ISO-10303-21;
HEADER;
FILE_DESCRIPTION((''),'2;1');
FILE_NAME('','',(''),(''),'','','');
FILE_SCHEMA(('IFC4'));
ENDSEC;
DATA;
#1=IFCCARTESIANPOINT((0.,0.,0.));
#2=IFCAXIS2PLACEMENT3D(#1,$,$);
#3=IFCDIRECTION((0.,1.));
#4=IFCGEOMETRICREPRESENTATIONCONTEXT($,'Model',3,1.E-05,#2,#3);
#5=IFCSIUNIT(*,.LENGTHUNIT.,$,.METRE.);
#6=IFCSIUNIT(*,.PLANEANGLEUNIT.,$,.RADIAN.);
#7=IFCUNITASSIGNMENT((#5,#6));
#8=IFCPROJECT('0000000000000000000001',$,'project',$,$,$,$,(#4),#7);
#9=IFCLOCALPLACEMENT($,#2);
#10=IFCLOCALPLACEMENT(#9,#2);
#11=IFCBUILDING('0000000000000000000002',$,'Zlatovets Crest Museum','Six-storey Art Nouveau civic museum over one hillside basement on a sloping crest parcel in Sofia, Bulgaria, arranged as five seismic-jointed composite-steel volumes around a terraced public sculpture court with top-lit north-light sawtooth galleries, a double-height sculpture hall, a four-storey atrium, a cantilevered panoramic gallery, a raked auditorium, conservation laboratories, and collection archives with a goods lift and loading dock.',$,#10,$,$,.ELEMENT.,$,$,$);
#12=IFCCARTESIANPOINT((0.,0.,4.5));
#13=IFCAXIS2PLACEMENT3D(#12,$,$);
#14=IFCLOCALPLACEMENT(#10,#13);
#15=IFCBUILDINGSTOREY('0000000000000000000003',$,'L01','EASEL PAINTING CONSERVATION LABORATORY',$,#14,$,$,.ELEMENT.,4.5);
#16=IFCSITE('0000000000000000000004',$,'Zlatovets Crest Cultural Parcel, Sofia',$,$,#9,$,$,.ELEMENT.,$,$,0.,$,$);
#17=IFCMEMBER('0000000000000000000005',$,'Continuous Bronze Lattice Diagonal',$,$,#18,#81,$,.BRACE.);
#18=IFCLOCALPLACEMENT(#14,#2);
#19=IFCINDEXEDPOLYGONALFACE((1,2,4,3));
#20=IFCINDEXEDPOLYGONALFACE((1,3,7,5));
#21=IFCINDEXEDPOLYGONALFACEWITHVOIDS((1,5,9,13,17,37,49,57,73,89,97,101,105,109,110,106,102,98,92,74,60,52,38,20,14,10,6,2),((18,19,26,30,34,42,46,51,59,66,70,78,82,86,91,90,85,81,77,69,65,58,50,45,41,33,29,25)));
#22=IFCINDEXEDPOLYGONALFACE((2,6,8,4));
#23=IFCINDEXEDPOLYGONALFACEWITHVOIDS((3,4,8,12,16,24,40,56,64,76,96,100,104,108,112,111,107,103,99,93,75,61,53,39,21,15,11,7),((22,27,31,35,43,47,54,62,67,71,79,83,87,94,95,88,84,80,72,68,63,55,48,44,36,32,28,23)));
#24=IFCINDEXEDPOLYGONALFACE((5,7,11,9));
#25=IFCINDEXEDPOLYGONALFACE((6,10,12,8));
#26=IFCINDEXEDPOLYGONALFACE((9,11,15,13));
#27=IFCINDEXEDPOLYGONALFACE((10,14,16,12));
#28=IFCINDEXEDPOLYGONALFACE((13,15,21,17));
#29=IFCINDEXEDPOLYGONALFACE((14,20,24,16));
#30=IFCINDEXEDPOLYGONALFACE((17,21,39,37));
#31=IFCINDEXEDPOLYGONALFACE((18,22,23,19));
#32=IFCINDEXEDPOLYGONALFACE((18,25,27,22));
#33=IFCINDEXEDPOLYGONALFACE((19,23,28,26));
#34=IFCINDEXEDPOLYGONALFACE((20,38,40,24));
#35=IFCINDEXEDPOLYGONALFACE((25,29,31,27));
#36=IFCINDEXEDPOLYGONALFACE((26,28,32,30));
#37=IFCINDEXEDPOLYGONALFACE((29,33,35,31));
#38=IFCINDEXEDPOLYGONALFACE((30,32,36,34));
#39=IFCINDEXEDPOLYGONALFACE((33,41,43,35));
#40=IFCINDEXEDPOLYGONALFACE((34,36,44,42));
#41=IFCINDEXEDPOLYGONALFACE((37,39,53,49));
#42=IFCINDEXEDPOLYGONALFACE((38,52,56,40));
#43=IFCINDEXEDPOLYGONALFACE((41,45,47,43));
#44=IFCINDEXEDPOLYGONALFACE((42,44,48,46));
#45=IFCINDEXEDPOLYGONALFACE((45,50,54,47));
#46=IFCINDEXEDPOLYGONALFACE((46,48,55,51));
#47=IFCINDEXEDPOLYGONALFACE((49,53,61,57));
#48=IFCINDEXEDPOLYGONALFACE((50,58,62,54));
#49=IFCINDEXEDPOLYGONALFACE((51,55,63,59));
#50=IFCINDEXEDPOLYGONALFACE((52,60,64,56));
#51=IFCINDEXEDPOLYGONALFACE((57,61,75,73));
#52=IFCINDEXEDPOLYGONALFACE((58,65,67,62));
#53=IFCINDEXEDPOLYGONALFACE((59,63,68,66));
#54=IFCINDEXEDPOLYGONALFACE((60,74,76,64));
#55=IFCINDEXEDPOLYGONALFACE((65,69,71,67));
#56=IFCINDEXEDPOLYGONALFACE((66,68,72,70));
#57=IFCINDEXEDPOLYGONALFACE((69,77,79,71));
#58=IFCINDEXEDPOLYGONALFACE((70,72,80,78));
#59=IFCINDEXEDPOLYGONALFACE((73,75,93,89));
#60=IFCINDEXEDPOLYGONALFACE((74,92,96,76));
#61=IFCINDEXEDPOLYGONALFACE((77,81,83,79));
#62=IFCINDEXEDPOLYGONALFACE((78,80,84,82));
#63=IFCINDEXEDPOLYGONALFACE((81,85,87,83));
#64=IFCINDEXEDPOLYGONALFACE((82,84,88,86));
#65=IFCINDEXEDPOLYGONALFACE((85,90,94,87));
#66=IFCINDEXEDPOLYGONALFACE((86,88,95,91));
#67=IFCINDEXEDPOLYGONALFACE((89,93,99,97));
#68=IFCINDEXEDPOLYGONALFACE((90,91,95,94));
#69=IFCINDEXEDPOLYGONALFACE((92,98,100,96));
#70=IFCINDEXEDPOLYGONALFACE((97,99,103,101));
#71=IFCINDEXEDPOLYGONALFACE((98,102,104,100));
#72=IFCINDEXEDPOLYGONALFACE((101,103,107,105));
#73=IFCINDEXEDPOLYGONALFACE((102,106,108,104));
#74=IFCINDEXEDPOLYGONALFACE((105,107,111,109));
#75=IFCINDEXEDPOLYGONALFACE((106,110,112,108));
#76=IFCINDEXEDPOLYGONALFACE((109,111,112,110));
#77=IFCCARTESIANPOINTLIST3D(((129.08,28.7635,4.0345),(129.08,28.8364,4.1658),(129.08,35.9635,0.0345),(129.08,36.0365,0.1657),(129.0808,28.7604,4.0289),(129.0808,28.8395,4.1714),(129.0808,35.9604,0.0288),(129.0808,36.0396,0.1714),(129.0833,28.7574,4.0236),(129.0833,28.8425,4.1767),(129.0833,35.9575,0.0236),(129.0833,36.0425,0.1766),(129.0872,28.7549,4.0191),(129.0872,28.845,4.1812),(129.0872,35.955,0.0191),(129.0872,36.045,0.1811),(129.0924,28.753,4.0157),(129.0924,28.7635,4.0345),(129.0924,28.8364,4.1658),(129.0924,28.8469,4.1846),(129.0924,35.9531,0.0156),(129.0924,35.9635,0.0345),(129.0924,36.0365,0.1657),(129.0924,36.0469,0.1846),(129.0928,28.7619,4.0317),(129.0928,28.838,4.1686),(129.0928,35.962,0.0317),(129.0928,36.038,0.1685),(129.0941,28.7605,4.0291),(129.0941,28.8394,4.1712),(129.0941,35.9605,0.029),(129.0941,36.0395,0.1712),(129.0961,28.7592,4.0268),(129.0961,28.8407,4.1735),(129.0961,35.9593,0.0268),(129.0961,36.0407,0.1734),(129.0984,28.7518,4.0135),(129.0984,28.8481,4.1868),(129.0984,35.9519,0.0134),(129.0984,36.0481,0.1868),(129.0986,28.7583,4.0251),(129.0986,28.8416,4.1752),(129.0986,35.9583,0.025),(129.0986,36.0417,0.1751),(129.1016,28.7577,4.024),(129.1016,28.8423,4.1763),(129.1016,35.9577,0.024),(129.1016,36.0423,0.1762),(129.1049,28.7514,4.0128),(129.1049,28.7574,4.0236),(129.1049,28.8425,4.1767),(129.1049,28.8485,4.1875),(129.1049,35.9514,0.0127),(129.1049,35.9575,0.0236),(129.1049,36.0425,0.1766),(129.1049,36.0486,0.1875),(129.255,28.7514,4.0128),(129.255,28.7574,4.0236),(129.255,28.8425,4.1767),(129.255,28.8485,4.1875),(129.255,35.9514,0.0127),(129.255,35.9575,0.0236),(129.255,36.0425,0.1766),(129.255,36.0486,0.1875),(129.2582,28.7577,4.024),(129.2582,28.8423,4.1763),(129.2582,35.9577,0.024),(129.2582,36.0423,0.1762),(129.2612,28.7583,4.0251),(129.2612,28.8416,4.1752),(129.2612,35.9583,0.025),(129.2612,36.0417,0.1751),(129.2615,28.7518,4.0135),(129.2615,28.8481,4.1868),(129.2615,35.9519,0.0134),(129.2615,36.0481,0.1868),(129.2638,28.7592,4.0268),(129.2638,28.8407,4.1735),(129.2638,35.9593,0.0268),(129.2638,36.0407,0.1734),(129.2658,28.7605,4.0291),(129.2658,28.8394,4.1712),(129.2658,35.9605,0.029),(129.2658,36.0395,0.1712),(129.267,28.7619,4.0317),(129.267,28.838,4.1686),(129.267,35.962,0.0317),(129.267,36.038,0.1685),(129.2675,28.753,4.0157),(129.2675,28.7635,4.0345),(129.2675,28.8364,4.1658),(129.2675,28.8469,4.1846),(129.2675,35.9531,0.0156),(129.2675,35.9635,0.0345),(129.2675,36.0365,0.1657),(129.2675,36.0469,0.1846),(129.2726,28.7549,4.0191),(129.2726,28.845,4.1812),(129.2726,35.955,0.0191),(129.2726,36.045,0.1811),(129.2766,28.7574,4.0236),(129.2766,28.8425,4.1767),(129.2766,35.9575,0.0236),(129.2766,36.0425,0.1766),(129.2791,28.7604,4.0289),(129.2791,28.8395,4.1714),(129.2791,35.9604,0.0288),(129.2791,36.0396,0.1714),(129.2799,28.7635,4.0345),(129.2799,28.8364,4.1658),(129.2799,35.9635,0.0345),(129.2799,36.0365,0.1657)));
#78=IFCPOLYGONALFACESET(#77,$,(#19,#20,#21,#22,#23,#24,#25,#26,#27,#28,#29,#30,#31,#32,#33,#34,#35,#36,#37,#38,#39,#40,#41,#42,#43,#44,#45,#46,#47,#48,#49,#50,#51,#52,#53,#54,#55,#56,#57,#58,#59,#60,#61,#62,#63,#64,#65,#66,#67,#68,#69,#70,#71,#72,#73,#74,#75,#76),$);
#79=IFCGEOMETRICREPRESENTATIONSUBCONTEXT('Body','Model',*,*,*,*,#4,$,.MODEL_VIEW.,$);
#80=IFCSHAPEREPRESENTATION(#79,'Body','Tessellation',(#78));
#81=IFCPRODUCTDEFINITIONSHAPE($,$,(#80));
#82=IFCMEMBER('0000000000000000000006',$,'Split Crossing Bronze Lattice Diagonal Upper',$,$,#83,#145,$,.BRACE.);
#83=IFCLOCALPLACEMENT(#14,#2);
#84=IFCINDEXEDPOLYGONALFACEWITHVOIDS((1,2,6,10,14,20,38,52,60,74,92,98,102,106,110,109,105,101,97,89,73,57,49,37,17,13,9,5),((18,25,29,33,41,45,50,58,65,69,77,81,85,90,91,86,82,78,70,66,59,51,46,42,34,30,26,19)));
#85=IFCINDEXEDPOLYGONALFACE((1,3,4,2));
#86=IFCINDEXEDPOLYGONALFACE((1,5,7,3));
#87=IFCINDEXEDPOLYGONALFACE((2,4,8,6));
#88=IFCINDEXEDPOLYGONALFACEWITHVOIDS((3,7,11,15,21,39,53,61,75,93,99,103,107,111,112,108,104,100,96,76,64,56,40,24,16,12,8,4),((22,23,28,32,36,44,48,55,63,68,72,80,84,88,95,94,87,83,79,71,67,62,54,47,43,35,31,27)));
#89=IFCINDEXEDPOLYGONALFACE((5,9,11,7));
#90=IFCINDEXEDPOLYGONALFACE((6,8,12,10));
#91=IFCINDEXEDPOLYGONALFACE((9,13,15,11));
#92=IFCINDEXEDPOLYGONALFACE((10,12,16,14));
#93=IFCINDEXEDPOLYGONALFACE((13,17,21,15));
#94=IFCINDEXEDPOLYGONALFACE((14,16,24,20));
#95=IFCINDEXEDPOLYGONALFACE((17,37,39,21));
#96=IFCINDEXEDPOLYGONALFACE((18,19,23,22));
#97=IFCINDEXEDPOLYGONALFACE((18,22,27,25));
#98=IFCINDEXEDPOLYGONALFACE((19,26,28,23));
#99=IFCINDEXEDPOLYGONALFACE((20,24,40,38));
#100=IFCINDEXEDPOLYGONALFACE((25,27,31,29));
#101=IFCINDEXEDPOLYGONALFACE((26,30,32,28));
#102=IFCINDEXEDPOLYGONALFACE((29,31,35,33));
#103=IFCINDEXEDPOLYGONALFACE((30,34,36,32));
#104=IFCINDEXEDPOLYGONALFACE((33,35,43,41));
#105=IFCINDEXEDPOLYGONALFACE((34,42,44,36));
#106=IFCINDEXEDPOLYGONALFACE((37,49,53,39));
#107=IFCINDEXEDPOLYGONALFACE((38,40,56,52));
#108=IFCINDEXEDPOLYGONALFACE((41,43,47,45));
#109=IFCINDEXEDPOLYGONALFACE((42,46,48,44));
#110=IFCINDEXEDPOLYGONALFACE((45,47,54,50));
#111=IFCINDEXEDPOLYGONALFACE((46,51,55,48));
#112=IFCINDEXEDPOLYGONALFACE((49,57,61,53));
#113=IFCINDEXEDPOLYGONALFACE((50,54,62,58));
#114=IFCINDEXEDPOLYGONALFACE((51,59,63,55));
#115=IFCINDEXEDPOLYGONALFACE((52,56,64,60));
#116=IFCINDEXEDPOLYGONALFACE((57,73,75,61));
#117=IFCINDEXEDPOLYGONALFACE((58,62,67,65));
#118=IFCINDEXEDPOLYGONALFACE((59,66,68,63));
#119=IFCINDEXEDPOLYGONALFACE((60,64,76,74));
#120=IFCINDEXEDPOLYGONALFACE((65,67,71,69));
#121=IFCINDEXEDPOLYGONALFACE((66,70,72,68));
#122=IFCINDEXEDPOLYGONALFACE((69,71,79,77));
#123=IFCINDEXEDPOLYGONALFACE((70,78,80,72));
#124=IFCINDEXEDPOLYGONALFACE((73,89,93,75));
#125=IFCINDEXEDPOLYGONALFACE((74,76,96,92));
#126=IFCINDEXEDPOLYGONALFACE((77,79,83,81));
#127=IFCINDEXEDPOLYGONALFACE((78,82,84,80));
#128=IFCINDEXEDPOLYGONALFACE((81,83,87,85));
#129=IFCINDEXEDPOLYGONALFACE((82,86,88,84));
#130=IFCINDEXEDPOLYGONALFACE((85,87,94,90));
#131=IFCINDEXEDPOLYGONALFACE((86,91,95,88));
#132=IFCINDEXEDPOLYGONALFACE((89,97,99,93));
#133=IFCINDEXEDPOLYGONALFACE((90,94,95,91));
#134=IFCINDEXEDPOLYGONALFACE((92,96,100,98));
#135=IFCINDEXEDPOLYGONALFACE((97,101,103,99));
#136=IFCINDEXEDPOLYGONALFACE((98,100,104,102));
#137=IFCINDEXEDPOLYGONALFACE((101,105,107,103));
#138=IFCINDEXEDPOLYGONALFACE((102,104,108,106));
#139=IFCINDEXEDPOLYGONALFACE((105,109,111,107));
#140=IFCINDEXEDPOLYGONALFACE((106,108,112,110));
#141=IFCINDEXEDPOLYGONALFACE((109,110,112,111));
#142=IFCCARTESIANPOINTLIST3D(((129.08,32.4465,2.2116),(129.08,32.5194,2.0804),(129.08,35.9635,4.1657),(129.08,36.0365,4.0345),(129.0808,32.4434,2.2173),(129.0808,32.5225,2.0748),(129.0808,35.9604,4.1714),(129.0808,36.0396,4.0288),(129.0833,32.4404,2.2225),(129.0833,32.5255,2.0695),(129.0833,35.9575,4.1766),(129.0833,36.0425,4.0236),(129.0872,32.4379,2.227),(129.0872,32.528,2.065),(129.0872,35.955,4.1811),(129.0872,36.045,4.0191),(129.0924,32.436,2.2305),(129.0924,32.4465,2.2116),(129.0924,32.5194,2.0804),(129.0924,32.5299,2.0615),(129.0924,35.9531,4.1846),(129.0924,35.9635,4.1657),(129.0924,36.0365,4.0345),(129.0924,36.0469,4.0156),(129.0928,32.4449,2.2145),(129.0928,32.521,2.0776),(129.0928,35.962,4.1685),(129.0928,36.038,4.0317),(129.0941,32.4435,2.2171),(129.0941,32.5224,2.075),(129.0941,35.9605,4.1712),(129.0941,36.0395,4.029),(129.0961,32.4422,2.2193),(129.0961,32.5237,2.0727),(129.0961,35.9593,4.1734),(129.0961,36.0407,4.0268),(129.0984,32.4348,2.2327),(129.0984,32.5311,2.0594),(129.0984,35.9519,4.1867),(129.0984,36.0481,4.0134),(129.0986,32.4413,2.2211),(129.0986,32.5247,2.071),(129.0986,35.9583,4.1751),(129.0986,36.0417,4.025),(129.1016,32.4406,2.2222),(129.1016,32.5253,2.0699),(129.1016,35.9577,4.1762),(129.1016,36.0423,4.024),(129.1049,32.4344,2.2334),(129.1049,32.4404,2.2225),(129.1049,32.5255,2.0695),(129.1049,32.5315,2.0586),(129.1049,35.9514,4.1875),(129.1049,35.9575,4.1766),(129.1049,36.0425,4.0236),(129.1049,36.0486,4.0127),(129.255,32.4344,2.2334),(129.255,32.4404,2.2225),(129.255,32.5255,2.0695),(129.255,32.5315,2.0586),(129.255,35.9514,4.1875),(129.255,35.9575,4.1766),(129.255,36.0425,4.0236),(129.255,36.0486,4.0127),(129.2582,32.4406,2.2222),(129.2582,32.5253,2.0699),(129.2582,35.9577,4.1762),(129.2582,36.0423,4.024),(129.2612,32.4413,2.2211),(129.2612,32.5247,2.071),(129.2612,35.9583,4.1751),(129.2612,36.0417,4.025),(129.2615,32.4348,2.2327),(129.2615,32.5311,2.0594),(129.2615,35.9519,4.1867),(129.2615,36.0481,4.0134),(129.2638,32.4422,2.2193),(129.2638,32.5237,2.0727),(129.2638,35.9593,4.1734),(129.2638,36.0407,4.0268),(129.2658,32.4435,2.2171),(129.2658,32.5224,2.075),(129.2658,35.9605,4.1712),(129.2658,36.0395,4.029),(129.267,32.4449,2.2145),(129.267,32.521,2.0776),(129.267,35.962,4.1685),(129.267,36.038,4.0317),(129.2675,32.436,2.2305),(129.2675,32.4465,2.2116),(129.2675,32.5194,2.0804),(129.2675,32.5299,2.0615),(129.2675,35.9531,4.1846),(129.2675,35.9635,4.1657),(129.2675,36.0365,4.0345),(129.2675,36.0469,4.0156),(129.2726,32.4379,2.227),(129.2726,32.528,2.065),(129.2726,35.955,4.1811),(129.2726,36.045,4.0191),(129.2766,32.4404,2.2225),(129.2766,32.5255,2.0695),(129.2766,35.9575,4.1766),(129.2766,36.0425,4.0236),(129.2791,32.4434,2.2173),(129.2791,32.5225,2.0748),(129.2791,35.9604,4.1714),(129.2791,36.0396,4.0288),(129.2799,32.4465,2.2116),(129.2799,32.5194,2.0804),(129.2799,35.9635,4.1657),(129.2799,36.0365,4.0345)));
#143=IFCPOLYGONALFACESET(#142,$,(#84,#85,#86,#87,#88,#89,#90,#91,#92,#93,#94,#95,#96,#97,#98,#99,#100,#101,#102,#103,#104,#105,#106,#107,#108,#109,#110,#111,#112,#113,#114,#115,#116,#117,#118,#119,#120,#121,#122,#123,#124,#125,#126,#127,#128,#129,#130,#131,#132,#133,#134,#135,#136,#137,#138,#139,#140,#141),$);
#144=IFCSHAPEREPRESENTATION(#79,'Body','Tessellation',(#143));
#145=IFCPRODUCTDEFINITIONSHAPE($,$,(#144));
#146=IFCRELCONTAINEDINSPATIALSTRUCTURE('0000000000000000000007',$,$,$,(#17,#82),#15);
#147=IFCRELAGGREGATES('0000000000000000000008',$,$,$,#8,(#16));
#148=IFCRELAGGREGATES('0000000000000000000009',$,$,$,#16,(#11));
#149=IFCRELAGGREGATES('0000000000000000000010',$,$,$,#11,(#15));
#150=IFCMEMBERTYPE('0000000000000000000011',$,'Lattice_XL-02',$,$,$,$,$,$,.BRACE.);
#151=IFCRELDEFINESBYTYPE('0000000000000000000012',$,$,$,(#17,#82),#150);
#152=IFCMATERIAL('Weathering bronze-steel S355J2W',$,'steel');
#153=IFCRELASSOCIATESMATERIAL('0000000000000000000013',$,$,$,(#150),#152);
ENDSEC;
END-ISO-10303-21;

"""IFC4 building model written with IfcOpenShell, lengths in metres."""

from ifc_helpers import new_model, si_unit, direction, frame, origin, origin_2d, place, context, subcontext, project, spatial, hollow_rectangle, extrude, material, material_profile, profile_set, type_object, element, save


model = new_model("IFC4")

# Units and contexts
model_context = context("Model", 3, precision=1e-05, world=origin(), true_north=direction((0.0, 1.0)))
body_context = subcontext(model_context, "Body", "Model", "MODEL_VIEW")
ifc_project = project(units=[si_unit("LENGTHUNIT", "METRE"), si_unit("PLANEANGLEUNIT", "RADIAN")], contexts=[model_context])

# Site, building, storey
site_placement = place(None, origin())
site = spatial("IfcSite", under=ifc_project, at=site_placement, Name="Zlatovets Crest Cultural Parcel, Sofia", CompositionType="ELEMENT", RefElevation=0.0)
building_placement = place(site_placement, origin())
building = spatial("IfcBuilding", under=site, at=building_placement, Name="Zlatovets Crest Museum", Description="Six-storey Art Nouveau civic museum over one hillside basement on a sloping crest parcel in Sofia, Bulgaria, arranged as five seismic-jointed composite-steel volumes around a terraced public sculpture court with top-lit north-light sawtooth galleries, a double-height sculpture hall, a four-storey atrium, a cantilevered panoramic gallery, a raked auditorium, conservation laboratories, and collection archives with a goods lift and loading dock.", CompositionType="ELEMENT")
storey_placement = place(building_placement, frame((0.0, 0.0, 4.5)))
storey = spatial("IfcBuildingStorey", under=building, at=storey_placement, Name="L01", Description="EASEL PAINTING CONSERVATION LABORATORY", CompositionType="ELEMENT", Elevation=4.5)

# Members
ifc_material_1 = material(Name="Weathering bronze-steel S355J2W", Category="steel")
ifc_material_profile_1 = material_profile(ifc_material_1, hollow_rectangle(XDim=0.2, YDim=0.2, WallThickness=0.0125, InnerFilletRadius=0.0125, OuterFilletRadius=0.0249, at=origin_2d()), Name="SHS 200x200x12.5")
ifc_profile_set_1 = profile_set([ifc_material_profile_1], Name="Weathering bronze-steel S355J2W")
member_type_1 = type_object("IfcMemberType", Name="Lattice_XL-02", PredefinedType="BRACE", material=ifc_profile_set_1)
member_1_placement = place(storey_placement, frame((129.1799, 36.0, 0.1001), z_axis=(0.0, -0.874156, 0.485645), x_axis=(1.0, 0.0, 0.0)))
element("IfcMember", 1, at=member_1_placement, inside=storey, type_object=member_type_1, Name="Continuous Bronze Lattice Diagonal", PredefinedType="BRACE", context=body_context, shape_type="SweptSolid", body=[
    extrude(hollow_rectangle(XDim=0.2, YDim=0.2, WallThickness=0.0125, InnerFilletRadius=0.0125, OuterFilletRadius=0.0249, at=origin_2d()), origin(), (0.0, 0.0, 1.0), 8.2366),
])
member_2_placement = place(storey_placement, frame((129.1799, 36.0, 4.1001), z_axis=(0.0, -0.87414, -0.485674), x_axis=(1.0, 0.0, 0.0)))
element("IfcMember", 2, at=member_2_placement, inside=storey, type_object=member_type_1, Name="Split Crossing Bronze Lattice Diagonal Upper", PredefinedType="BRACE", context=body_context, shape_type="SweptSolid", body=[
    extrude(hollow_rectangle(XDim=0.2, YDim=0.2, WallThickness=0.0125, InnerFilletRadius=0.0125, OuterFilletRadius=0.0249, at=origin_2d()), origin(), (0.0, 0.0, 1.0), 4.0234),
])

save(model, "model.ifc")
